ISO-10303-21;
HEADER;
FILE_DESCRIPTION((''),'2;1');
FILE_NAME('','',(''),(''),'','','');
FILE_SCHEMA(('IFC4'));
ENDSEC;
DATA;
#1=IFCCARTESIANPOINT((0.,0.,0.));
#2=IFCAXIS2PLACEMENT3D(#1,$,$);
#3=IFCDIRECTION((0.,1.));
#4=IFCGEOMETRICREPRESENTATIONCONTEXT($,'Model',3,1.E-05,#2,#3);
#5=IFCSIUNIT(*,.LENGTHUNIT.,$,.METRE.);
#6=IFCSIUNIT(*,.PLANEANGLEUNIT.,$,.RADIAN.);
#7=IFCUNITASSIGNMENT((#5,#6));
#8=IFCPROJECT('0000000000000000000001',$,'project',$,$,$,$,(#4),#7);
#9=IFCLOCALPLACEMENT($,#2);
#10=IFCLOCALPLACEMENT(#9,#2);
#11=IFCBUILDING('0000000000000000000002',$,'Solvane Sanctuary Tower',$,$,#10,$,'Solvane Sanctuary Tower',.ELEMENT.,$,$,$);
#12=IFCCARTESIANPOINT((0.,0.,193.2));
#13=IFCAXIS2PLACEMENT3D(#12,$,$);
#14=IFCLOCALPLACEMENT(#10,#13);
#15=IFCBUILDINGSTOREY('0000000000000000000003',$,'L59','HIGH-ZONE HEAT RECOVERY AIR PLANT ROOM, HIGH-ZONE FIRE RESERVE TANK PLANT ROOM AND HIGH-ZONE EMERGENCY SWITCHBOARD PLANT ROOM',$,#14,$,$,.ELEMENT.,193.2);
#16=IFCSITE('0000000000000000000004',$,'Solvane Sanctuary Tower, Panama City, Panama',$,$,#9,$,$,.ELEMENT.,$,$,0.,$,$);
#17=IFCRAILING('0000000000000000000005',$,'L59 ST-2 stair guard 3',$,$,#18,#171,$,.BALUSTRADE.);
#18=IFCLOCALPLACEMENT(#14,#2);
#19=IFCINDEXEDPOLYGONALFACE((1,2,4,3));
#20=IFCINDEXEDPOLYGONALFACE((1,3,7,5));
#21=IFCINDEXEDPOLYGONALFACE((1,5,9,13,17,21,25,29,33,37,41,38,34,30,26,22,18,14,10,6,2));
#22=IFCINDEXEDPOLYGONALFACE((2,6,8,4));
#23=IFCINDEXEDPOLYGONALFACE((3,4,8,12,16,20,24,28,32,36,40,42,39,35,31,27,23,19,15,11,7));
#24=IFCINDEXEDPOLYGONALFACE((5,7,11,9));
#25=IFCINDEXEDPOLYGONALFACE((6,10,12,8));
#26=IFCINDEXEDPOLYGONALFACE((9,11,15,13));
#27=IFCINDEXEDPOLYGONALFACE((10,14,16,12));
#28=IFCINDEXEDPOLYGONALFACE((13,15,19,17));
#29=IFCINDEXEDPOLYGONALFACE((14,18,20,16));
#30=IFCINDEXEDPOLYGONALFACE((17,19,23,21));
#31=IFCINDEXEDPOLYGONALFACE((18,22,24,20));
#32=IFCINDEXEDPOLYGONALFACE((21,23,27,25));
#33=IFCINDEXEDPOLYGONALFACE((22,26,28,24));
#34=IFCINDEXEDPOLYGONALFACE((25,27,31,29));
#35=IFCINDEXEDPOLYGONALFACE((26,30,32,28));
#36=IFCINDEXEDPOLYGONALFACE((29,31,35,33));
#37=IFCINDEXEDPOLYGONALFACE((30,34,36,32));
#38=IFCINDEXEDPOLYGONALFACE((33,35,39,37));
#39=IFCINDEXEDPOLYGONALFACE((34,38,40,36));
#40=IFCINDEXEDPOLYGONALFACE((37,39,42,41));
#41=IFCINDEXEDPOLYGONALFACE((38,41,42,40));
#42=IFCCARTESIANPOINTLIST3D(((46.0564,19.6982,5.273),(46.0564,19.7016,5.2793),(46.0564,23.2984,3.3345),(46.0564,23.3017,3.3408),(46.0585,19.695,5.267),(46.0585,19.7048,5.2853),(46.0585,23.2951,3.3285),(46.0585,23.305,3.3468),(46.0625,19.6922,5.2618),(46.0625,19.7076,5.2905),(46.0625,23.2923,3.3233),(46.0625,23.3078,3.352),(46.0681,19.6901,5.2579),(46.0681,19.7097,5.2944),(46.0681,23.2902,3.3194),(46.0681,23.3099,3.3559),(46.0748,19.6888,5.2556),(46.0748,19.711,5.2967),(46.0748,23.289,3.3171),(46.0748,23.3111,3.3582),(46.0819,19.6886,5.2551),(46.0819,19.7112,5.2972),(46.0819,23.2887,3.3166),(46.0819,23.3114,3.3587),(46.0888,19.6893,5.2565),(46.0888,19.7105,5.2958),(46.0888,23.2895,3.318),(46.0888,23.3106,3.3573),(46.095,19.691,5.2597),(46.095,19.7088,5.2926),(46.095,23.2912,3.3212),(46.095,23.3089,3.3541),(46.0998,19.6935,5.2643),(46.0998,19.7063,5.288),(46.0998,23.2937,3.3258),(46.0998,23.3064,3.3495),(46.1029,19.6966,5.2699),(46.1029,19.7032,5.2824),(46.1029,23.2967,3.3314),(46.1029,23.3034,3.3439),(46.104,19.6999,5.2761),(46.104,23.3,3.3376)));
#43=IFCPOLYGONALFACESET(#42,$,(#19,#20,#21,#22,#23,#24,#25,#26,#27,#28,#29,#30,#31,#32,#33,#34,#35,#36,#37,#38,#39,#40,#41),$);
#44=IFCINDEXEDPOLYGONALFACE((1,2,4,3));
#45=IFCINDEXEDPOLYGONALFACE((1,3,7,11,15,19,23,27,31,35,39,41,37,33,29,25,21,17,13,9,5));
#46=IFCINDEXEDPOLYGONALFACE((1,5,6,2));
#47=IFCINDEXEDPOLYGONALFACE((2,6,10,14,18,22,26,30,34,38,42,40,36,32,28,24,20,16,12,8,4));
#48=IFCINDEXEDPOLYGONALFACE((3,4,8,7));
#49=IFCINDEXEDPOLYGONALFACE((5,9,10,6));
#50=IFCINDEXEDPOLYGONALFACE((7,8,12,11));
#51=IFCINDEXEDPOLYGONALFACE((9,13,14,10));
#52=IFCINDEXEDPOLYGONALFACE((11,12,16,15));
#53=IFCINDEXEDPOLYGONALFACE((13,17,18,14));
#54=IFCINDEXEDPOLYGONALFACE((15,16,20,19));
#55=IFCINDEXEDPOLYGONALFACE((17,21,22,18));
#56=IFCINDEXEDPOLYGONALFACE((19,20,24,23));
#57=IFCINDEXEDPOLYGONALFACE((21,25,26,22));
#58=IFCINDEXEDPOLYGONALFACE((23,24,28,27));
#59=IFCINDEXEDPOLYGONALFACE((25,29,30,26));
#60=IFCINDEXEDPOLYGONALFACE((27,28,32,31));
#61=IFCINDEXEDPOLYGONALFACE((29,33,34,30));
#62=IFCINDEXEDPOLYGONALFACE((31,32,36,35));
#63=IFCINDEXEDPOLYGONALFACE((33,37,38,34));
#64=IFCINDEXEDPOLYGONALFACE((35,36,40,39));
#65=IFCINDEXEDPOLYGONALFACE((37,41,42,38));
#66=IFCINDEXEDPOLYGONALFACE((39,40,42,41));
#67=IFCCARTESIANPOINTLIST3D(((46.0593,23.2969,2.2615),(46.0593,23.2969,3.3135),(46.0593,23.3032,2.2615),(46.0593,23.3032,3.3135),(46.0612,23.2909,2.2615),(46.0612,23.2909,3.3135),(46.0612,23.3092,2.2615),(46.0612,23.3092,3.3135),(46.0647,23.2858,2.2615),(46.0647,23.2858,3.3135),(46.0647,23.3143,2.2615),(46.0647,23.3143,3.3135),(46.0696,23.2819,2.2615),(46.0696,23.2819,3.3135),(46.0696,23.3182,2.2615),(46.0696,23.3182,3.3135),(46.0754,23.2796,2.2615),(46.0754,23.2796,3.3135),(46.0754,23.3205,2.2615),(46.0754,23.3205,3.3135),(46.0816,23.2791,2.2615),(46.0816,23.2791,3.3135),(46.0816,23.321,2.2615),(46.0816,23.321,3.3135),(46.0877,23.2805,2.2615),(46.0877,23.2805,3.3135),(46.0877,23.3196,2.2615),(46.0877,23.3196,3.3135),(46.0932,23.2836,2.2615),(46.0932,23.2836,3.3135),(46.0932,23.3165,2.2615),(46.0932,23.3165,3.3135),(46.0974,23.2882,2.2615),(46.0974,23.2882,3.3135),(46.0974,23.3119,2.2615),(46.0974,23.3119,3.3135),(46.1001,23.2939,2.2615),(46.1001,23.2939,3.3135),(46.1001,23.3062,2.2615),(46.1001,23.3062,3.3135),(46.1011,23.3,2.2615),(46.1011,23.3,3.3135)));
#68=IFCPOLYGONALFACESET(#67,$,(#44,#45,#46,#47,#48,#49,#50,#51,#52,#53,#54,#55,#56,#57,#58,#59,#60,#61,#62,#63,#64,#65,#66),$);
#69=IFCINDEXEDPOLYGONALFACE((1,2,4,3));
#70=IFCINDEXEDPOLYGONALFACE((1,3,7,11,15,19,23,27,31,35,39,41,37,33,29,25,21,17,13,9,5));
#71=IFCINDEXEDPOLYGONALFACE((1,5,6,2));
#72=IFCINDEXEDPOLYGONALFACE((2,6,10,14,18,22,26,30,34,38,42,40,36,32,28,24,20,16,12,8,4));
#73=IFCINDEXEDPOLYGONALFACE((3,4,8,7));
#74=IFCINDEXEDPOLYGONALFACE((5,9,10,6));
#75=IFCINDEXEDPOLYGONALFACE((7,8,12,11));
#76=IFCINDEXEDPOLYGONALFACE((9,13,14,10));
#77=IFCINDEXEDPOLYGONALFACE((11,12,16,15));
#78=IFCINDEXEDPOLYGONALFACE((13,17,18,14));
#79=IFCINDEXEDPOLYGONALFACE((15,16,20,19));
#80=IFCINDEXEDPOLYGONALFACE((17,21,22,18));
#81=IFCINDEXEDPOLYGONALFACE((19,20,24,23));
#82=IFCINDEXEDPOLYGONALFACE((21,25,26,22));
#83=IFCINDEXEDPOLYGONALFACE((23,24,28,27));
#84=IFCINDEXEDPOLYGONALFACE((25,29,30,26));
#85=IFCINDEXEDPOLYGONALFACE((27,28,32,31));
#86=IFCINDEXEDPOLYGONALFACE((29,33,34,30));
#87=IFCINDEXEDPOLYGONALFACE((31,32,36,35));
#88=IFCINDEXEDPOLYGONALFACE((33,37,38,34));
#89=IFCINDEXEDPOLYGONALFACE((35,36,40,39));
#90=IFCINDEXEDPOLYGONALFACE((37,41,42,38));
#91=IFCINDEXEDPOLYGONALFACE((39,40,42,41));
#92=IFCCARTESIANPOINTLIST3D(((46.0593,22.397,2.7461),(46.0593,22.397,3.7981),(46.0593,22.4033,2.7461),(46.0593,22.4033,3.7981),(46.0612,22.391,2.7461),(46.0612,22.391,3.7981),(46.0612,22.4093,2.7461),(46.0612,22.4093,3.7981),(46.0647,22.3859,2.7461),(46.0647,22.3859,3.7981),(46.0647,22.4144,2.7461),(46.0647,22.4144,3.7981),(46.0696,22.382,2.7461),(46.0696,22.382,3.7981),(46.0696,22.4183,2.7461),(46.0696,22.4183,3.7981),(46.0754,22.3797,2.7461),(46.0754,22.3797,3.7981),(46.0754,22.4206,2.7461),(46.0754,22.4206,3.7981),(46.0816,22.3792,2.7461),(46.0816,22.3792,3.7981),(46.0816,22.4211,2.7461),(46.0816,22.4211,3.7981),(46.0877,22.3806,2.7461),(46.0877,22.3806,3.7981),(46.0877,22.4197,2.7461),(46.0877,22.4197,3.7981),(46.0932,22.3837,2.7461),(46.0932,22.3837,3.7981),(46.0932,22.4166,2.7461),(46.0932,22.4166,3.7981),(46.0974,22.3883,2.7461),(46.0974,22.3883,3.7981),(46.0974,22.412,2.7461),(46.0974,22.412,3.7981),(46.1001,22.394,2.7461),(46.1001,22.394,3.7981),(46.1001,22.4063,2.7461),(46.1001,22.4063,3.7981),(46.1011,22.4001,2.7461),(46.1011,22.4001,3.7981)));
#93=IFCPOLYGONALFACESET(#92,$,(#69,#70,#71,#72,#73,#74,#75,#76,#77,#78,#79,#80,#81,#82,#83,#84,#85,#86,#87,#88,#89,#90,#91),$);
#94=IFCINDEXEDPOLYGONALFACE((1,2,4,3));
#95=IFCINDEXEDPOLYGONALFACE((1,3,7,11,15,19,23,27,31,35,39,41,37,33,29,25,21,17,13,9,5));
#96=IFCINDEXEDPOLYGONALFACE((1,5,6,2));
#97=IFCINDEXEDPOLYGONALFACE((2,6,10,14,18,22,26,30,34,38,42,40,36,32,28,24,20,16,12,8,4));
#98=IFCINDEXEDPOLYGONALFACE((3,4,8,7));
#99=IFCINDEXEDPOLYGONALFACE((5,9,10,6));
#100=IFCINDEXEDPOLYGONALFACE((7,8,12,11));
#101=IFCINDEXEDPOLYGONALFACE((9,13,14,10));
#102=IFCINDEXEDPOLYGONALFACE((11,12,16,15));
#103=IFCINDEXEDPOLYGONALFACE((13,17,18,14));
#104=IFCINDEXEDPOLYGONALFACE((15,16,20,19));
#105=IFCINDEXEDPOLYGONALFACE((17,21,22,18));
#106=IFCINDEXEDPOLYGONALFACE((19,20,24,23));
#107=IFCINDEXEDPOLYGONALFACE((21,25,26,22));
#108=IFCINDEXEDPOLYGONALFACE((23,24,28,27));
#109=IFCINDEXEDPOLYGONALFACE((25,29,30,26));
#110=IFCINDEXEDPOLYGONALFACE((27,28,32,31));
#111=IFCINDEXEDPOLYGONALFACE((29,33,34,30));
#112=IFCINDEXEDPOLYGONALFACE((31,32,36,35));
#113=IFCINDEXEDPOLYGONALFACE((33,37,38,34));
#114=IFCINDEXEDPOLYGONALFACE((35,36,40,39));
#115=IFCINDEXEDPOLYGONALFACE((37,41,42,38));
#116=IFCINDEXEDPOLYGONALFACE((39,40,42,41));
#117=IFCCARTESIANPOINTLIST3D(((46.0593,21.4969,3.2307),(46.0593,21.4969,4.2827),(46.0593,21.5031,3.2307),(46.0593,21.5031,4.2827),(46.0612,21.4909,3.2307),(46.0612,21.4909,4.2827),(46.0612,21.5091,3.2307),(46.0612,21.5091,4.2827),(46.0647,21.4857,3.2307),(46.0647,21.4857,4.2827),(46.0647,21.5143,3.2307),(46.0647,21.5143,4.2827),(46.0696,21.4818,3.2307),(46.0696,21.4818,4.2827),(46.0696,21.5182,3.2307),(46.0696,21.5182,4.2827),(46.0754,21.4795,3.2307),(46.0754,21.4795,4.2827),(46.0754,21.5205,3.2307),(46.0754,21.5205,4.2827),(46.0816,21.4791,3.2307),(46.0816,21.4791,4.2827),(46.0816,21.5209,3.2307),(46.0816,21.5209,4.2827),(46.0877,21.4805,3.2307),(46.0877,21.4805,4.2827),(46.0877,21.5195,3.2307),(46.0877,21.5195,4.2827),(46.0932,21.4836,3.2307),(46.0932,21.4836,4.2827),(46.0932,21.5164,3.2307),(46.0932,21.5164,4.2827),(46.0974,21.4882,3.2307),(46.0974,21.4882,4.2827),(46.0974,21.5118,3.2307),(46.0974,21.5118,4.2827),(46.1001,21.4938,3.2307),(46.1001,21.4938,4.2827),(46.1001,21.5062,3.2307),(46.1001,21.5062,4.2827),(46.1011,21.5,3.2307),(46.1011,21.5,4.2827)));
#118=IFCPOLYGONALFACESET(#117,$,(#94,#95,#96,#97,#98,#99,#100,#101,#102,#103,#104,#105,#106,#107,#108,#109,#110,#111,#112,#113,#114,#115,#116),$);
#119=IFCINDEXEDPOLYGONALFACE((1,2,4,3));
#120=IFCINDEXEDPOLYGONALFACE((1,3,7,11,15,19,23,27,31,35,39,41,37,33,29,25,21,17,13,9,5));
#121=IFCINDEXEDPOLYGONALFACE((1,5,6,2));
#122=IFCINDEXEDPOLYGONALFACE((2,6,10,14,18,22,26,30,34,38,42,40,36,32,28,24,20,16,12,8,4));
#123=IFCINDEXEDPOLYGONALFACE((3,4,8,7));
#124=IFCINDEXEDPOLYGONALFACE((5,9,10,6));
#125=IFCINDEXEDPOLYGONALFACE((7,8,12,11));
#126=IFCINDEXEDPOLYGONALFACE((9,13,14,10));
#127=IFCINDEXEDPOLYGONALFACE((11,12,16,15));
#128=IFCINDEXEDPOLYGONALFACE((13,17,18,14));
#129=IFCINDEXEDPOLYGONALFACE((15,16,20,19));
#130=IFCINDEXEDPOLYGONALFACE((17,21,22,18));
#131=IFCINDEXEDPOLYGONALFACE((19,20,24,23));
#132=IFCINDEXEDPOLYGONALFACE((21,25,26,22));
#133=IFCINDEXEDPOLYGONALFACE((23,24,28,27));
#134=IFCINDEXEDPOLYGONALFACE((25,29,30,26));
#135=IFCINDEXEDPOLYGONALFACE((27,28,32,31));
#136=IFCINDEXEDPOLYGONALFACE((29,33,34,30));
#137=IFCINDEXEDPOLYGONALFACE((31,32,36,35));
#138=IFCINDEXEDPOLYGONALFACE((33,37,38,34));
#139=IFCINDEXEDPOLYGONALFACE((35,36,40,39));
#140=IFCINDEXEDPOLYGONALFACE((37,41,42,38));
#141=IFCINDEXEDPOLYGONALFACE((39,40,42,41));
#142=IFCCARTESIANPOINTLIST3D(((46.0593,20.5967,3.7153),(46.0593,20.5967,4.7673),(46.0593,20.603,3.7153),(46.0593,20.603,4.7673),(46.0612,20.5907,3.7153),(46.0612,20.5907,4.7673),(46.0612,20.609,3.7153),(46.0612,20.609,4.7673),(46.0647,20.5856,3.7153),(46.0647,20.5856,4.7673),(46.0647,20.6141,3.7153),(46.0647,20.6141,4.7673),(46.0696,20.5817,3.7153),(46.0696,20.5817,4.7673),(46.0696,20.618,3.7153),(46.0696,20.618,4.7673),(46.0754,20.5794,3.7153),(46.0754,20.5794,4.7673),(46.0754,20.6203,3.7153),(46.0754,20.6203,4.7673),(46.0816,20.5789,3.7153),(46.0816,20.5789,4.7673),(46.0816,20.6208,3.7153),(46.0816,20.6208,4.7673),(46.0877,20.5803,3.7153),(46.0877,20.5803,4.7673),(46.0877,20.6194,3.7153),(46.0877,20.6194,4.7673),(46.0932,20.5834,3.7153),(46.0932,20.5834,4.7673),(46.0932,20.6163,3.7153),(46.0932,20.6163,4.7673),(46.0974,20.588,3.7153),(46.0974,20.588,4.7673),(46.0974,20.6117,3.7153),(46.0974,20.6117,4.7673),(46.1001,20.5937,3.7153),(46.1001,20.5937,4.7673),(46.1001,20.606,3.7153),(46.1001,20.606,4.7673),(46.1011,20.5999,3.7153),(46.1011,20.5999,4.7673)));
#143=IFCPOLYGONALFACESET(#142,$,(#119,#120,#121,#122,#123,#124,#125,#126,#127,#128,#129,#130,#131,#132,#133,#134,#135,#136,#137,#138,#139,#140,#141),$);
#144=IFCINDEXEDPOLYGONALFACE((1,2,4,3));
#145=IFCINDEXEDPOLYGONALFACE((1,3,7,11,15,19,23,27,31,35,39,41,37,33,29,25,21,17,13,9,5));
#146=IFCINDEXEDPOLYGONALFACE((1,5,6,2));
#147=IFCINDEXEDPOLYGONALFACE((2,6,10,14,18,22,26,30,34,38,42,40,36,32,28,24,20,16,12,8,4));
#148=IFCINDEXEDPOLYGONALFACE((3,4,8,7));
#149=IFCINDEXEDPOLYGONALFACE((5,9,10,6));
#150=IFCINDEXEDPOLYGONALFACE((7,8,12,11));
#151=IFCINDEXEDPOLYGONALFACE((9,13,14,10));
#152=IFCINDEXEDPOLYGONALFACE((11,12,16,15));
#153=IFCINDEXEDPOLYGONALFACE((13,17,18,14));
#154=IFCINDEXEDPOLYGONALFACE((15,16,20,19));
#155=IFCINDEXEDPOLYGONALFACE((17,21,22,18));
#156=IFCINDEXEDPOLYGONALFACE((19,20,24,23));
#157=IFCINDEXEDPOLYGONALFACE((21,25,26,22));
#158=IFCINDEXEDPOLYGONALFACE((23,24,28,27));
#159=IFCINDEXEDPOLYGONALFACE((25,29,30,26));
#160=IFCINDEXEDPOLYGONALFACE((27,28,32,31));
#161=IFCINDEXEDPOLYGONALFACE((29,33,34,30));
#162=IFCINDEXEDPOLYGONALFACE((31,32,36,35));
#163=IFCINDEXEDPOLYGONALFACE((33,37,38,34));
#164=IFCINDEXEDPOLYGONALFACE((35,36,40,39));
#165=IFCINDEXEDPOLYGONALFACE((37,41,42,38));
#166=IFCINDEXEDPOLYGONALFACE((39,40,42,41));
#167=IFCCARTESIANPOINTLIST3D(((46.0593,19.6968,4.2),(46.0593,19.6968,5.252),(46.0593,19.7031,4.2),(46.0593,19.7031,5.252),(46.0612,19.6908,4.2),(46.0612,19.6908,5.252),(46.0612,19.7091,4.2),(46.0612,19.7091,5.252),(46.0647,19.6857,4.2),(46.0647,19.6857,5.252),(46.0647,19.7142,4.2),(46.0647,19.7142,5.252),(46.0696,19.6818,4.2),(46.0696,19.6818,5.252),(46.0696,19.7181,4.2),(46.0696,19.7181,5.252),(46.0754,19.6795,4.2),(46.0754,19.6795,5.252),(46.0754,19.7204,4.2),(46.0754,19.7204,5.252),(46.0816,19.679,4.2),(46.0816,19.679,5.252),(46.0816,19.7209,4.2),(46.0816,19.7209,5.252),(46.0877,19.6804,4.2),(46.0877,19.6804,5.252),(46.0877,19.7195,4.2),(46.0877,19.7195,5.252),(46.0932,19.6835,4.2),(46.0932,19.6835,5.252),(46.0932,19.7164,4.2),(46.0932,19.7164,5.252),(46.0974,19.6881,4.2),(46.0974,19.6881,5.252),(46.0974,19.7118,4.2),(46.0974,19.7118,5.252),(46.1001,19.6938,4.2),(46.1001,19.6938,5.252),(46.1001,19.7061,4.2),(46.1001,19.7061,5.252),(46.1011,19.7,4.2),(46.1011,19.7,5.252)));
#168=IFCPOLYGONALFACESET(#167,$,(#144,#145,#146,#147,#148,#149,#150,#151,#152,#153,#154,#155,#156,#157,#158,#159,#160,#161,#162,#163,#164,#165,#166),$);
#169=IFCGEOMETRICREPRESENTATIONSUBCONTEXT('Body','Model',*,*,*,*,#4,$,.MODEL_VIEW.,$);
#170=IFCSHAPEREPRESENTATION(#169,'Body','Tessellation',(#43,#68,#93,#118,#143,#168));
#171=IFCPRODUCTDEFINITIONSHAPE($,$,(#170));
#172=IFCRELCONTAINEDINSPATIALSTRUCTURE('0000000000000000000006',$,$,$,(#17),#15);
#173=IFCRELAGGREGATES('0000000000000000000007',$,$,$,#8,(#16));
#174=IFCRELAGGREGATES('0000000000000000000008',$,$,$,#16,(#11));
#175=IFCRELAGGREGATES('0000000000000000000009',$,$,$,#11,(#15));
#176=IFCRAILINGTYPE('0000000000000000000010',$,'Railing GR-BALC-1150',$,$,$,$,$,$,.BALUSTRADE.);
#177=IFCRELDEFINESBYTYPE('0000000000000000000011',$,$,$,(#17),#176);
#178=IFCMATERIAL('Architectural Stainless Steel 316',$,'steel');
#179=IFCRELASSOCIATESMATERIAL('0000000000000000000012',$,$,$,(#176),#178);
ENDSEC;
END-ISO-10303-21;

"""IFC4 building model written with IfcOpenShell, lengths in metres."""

from ifc_helpers import new_model, si_unit, direction, frame, origin, origin_2d, place, context, subcontext, project, spatial, circle, extrude, material, type_object, element, save


model = new_model("IFC4")

# Units and contexts
model_context = context("Model", 3, precision=1e-05, world=origin(), true_north=direction((0.0, 1.0)))
body_context = subcontext(model_context, "Body", "Model", "MODEL_VIEW")
ifc_project = project(units=[si_unit("LENGTHUNIT", "METRE"), si_unit("PLANEANGLEUNIT", "RADIAN")], contexts=[model_context])

# Site, building, storey
site_placement = place(None, origin())
site = spatial("IfcSite", under=ifc_project, at=site_placement, Name="Solvane Sanctuary Tower, Panama City, Panama", CompositionType="ELEMENT", RefElevation=0.0)
building_placement = place(site_placement, origin())
building = spatial("IfcBuilding", under=site, at=building_placement, Name="Solvane Sanctuary Tower", LongName="Solvane Sanctuary Tower", CompositionType="ELEMENT")
storey_placement = place(building_placement, frame((0.0, 0.0, 193.2)))
storey = spatial("IfcBuildingStorey", under=building, at=storey_placement, Name="L59", Description="HIGH-ZONE HEAT RECOVERY AIR PLANT ROOM, HIGH-ZONE FIRE RESERVE TANK PLANT ROOM AND HIGH-ZONE EMERGENCY SWITCHBOARD PLANT ROOM", CompositionType="ELEMENT", Elevation=193.2)

# Shared definitions
ifc_material_1 = material(Name="Architectural Stainless Steel 316", Category="steel")

# Railing
railing_type_1 = type_object("IfcRailingType", Name="Railing GR-BALC-1150", PredefinedType="BALUSTRADE", material=ifc_material_1)
railing_1_placement = place(storey_placement, frame((46.0801, 23.3, 2.2615)))
element("IfcRailing", 1, at=railing_1_placement, inside=storey, type_object=railing_type_1, Name="L59 ST-2 stair guard 3", PredefinedType="BALUSTRADE", context=body_context, shape_type="SweptSolid", body=[
    extrude(circle(Radius=0.0239, at=origin_2d()), frame((0.0, 0.0, 1.0762), z_axis=(0.0, -0.880475, 0.474093), x_axis=(1.0, 0.0, 0.0)), (0.0, 0.0, 1.0), 4.0889),
    extrude(circle(Radius=0.021, at=origin_2d()), origin(), (0.0, 0.0, 1.0), 1.052),
    extrude(circle(Radius=0.021, at=origin_2d()), frame((0.0, -0.8999, 0.4846)), (0.0, 0.0, 1.0), 1.052),
    extrude(circle(Radius=0.021, at=origin_2d()), frame((0.0, -1.8, 0.9692)), (0.0, 0.0, 1.0), 1.052),
    extrude(circle(Radius=0.021, at=origin_2d()), frame((0.0, -2.7002, 1.4539)), (0.0, 0.0, 1.0), 1.052),
    extrude(circle(Radius=0.021, at=origin_2d()), frame((0.0, -3.6001, 1.9385)), (0.0, 0.0, 1.0), 1.052),
])

save(model, "model.ifc")
